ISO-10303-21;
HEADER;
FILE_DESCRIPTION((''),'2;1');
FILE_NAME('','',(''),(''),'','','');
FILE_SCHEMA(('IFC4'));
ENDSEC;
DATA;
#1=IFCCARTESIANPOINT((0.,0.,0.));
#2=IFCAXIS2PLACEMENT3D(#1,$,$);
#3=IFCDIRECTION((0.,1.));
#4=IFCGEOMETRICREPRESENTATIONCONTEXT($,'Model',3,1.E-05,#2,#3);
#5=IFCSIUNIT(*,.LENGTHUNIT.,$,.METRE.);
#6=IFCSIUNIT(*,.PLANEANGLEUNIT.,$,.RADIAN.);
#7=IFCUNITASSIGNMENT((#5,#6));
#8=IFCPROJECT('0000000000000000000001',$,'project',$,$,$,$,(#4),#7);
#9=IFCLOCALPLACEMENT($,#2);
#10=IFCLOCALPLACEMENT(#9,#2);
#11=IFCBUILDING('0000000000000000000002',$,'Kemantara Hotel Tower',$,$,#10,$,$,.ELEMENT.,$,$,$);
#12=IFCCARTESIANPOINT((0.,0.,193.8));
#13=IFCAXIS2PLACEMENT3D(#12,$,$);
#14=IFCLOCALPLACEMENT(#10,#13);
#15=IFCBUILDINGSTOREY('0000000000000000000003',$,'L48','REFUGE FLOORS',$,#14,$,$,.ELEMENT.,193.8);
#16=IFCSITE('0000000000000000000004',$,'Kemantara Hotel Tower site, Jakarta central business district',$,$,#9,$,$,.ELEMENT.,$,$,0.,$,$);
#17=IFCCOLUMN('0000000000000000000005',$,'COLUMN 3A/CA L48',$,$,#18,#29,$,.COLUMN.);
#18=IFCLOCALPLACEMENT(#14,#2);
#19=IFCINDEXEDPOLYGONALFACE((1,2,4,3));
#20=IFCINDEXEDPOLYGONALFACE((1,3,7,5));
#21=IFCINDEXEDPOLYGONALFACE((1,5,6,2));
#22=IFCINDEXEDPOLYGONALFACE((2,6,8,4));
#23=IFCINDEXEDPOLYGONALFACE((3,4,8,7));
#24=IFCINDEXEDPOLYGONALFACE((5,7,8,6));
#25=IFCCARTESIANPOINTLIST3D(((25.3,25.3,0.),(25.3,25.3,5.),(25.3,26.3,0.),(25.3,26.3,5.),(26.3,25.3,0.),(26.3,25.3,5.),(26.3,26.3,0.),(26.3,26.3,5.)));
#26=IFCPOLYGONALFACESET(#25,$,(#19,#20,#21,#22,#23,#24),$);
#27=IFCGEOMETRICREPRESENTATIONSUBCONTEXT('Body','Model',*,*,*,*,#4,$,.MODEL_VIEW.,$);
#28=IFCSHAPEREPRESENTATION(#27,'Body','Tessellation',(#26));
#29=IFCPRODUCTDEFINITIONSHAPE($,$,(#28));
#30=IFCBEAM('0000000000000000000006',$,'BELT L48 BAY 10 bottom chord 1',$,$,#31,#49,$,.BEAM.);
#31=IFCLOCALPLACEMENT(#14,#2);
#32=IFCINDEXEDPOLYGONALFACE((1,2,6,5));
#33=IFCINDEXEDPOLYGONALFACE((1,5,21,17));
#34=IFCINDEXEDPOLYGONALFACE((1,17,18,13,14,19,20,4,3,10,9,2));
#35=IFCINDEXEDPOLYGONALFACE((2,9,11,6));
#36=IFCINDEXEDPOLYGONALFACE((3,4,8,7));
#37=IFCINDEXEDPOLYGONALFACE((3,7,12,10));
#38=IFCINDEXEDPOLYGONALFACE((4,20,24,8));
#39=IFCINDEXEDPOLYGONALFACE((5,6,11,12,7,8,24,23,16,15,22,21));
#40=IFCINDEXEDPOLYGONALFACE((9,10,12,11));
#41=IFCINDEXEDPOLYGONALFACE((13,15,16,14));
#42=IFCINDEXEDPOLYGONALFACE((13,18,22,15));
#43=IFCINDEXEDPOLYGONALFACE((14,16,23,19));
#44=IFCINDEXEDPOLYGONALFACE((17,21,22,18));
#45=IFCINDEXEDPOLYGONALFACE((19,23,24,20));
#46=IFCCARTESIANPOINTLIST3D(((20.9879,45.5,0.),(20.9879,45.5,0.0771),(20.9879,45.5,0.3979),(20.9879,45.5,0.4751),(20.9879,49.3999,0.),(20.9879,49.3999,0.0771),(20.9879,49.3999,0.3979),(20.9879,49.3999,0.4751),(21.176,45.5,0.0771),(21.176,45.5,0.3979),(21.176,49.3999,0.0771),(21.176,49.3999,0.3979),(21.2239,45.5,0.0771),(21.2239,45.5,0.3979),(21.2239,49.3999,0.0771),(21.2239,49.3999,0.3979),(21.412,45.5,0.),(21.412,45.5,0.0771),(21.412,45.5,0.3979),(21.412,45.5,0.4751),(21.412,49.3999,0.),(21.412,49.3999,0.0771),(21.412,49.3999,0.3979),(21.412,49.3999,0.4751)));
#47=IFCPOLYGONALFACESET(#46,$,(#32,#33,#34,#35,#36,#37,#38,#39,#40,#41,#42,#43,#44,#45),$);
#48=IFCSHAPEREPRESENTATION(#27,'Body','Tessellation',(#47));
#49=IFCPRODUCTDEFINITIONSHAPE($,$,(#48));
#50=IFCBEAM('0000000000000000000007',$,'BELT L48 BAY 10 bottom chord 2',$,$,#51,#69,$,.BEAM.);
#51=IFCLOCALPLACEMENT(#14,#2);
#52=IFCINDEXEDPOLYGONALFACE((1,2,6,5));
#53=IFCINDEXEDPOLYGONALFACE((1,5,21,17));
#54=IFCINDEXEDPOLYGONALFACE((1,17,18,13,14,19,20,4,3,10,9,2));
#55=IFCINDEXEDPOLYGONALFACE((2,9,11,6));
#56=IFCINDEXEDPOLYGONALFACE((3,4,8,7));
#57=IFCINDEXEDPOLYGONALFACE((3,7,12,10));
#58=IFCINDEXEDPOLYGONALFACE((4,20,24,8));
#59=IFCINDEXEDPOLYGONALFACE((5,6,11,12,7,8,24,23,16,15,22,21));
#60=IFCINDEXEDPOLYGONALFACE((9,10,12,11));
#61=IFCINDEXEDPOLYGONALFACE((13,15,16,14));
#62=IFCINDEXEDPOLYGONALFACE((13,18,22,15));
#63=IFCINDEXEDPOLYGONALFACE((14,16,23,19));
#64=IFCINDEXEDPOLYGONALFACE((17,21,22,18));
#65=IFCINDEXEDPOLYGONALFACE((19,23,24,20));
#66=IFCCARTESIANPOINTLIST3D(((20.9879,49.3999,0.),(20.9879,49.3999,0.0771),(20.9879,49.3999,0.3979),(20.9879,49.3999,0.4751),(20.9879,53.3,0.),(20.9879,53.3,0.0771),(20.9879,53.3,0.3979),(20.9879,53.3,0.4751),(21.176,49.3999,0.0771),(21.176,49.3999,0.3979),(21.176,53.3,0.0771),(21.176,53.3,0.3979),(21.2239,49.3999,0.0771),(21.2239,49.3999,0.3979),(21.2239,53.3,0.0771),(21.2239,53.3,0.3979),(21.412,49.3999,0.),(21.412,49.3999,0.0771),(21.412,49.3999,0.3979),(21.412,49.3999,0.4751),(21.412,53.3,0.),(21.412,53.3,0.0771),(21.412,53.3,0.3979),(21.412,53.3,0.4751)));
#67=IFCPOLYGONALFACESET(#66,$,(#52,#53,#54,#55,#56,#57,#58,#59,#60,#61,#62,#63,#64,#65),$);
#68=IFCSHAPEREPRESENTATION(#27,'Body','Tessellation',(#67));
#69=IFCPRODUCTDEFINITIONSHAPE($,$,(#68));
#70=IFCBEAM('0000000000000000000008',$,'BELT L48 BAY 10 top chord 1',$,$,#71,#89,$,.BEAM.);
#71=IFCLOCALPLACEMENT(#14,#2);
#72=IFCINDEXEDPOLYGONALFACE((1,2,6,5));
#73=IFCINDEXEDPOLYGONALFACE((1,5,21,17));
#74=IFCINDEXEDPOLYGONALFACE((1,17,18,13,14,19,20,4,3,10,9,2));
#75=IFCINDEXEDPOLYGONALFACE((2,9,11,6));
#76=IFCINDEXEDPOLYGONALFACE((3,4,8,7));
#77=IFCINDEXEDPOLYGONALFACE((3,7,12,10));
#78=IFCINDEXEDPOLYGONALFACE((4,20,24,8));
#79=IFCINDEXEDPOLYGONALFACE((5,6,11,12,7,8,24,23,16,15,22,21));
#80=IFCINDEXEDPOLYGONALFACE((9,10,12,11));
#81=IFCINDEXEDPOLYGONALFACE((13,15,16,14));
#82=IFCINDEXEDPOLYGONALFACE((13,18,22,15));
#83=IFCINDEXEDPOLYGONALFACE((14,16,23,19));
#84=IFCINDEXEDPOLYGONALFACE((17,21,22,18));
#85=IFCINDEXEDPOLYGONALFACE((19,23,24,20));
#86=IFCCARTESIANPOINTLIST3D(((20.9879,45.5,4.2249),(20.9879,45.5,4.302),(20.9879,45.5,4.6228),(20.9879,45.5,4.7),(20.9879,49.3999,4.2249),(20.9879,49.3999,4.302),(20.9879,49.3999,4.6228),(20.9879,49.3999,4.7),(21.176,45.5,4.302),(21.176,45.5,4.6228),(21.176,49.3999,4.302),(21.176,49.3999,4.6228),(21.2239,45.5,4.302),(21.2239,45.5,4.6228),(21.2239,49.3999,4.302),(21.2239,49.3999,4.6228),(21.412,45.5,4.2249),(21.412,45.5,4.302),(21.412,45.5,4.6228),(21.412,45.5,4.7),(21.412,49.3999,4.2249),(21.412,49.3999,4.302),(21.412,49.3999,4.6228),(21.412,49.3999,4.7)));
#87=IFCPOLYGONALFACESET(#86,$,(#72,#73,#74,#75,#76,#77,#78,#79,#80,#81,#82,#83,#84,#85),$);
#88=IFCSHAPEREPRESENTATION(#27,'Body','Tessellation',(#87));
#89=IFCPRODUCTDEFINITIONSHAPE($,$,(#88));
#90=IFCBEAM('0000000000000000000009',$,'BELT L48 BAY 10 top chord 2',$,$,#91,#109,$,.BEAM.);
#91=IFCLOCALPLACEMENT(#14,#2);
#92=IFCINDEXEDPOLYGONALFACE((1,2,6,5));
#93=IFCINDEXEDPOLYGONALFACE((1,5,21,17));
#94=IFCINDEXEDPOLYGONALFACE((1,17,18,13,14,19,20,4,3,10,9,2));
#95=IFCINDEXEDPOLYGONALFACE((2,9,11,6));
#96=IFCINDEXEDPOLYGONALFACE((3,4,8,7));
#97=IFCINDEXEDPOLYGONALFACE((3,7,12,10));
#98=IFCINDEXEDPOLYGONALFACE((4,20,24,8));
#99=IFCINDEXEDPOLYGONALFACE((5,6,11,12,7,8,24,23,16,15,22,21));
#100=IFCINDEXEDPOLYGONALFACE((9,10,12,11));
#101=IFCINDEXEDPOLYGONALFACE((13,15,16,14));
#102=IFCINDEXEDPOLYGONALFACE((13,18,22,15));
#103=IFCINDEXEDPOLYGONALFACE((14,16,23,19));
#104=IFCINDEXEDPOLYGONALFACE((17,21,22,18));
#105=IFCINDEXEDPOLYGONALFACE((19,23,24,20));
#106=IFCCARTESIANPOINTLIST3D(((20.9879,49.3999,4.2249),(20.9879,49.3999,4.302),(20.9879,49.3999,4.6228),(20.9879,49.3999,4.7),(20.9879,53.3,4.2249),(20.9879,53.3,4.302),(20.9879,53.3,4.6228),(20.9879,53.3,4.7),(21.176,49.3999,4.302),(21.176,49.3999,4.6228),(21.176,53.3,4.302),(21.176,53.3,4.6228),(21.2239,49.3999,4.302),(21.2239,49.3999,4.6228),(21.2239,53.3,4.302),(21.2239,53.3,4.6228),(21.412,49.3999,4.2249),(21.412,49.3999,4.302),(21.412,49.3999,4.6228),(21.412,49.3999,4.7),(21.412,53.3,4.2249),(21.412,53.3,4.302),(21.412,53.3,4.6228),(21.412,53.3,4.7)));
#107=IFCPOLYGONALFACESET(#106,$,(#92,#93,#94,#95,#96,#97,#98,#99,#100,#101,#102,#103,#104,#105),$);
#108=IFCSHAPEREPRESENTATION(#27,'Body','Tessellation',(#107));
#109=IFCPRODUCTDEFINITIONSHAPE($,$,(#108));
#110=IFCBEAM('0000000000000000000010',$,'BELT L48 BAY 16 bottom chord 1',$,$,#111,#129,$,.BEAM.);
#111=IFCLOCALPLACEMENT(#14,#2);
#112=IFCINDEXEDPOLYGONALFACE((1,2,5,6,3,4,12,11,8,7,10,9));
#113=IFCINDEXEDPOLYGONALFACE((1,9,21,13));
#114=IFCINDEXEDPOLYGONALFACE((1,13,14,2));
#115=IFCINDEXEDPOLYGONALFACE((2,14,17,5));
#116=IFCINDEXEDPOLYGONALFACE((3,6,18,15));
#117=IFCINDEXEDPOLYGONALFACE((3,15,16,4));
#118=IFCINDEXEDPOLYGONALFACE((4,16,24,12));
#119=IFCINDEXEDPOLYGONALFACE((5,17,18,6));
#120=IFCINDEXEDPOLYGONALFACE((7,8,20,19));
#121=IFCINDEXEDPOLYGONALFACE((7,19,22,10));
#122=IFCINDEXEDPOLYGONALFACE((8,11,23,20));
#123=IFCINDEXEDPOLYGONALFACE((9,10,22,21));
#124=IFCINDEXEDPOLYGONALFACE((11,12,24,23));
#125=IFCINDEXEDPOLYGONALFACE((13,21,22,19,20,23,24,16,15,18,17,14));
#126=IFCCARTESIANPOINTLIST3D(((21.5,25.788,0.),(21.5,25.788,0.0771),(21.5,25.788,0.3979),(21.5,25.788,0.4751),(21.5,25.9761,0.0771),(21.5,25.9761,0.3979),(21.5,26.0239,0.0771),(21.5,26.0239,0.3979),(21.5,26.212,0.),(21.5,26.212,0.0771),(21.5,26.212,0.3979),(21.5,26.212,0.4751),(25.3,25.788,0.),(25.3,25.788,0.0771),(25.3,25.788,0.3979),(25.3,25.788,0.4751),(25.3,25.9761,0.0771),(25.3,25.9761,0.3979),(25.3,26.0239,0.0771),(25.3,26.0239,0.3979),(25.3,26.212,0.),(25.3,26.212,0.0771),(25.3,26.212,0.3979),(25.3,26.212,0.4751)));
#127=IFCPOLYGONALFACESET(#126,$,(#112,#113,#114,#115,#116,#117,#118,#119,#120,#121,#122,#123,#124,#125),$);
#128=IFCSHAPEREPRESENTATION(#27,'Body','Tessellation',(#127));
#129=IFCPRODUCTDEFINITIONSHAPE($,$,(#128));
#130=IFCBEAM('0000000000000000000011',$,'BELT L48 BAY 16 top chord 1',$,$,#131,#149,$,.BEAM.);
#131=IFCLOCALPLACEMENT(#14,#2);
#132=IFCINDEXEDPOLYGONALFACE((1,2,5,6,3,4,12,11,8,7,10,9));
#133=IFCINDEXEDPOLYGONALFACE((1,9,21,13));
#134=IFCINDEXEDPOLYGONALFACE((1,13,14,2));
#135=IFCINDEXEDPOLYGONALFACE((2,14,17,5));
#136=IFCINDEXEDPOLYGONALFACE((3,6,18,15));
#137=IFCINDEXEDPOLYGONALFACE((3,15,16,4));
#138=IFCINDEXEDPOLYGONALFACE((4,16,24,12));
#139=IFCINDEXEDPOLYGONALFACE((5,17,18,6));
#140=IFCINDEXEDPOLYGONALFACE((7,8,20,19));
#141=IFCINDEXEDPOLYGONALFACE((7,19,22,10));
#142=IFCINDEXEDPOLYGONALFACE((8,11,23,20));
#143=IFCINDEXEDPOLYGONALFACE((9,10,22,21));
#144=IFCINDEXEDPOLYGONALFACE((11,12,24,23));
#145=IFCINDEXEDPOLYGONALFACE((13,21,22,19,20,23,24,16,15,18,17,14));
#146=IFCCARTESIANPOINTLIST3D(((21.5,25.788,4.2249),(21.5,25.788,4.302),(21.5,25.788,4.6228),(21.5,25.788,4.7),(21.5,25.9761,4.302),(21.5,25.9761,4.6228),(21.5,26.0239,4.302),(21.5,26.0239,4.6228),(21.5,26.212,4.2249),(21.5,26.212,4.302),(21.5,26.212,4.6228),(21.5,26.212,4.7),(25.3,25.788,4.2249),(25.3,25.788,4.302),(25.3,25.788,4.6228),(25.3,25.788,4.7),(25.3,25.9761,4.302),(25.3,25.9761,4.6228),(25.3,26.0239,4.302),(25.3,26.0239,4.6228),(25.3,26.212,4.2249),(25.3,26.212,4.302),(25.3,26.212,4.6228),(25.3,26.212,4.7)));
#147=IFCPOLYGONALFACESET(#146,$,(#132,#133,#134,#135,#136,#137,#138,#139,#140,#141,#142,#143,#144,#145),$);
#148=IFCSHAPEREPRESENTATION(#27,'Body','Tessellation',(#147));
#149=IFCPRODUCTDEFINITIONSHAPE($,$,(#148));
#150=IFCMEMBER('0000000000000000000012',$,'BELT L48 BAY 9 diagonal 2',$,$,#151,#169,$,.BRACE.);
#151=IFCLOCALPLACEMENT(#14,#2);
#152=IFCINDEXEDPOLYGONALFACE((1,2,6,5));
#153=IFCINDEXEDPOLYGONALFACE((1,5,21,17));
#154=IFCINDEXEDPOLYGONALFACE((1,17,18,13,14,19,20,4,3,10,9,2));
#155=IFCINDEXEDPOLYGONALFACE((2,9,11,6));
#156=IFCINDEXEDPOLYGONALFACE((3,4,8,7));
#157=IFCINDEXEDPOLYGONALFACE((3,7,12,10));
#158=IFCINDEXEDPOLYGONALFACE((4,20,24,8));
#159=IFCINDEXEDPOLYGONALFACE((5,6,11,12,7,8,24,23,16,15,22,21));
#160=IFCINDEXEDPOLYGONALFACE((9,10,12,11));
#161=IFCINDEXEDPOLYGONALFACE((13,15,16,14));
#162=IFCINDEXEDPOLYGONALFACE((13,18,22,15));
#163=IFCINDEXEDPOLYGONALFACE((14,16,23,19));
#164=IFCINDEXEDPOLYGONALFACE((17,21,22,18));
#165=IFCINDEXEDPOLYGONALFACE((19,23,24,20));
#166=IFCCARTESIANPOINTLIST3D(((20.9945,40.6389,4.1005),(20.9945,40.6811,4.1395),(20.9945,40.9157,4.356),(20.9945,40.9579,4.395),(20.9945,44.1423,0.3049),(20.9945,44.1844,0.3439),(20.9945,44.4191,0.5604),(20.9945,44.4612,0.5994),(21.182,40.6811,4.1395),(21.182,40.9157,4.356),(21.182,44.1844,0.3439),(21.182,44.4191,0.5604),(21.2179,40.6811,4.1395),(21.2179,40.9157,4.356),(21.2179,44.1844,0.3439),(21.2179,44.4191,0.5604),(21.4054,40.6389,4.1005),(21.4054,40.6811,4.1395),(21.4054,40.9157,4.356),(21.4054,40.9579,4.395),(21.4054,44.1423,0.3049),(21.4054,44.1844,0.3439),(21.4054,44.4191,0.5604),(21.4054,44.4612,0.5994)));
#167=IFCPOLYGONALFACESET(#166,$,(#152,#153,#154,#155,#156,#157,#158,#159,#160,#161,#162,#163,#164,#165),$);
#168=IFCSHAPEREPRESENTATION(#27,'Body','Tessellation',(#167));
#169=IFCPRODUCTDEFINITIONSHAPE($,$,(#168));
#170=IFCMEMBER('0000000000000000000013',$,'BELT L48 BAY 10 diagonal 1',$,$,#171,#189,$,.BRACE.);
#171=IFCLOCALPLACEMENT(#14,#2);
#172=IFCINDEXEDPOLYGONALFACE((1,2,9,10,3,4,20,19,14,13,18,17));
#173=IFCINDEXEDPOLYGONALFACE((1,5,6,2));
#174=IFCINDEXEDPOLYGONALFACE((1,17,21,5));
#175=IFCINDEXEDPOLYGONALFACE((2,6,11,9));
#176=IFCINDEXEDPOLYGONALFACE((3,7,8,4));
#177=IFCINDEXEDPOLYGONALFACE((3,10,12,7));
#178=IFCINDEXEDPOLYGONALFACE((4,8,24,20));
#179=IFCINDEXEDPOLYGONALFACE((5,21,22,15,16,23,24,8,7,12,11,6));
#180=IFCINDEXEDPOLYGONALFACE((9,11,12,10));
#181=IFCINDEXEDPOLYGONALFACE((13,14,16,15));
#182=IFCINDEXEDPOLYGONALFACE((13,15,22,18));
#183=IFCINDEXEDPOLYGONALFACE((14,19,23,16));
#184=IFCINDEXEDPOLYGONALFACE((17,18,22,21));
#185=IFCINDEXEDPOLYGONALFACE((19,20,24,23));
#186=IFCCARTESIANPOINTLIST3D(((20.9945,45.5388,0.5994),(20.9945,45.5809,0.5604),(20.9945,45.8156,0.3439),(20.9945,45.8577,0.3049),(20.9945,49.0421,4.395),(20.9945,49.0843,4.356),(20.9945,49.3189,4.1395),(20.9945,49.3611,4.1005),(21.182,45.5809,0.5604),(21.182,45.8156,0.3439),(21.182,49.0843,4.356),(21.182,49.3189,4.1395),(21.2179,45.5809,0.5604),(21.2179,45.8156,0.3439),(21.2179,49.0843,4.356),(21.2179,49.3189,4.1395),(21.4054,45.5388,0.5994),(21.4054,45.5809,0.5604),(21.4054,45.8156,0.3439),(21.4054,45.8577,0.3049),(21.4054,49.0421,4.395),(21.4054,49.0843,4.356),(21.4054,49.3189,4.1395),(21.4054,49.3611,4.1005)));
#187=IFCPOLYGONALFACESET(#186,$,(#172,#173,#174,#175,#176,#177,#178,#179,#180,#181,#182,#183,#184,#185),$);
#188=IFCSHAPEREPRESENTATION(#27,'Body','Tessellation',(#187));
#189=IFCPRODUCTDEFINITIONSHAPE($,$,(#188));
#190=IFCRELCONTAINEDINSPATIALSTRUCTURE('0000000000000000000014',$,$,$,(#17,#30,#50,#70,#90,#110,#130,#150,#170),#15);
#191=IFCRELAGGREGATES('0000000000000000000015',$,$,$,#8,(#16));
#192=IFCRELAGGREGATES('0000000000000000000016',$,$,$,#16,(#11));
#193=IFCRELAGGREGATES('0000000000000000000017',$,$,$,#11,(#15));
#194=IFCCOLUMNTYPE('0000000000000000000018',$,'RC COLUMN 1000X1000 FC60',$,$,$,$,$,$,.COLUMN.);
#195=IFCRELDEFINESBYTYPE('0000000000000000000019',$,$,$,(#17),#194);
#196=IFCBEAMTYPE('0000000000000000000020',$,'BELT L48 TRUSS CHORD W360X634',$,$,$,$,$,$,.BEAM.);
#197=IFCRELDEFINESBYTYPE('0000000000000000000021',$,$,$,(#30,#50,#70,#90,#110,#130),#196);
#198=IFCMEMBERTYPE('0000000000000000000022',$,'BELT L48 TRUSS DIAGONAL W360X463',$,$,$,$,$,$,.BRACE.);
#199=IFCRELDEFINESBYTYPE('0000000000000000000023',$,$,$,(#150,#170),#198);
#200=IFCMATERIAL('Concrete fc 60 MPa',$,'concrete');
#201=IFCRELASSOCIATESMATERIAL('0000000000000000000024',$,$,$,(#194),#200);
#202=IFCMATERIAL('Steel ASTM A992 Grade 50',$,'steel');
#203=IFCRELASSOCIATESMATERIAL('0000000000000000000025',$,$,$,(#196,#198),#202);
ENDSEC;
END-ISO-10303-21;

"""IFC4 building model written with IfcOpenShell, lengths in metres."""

from ifc_helpers import new_model, si_unit, direction, frame, origin, origin_2d, place, context, subcontext, project, spatial, rectangle, i_section, extrude, material, material_profile, profile_set, type_object, element, save


model = new_model("IFC4")

# Units and contexts
model_context = context("Model", 3, precision=1e-05, world=origin(), true_north=direction((0.0, 1.0)))
body_context = subcontext(model_context, "Body", "Model", "MODEL_VIEW")
ifc_project = project(units=[si_unit("LENGTHUNIT", "METRE"), si_unit("PLANEANGLEUNIT", "RADIAN")], contexts=[model_context])

# Site, building, storey
site_placement = place(None, origin())
site = spatial("IfcSite", under=ifc_project, at=site_placement, Name="Kemantara Hotel Tower site, Jakarta central business district", CompositionType="ELEMENT", RefElevation=0.0)
building_placement = place(site_placement, origin())
building = spatial("IfcBuilding", under=site, at=building_placement, Name="Kemantara Hotel Tower", CompositionType="ELEMENT")
storey_placement = place(building_placement, frame((0.0, 0.0, 193.8)))
storey = spatial("IfcBuildingStorey", under=building, at=storey_placement, Name="L48", Description="REFUGE FLOORS", CompositionType="ELEMENT", Elevation=193.8)

# Column
ifc_material_1 = material(Name="Concrete fc 60 MPa", Category="concrete")
ifc_material_profile_1 = material_profile(ifc_material_1, rectangle(XDim=1.0, YDim=1.0, at=origin_2d()), Name="RC 1000X1000")
ifc_profile_set_1 = profile_set([ifc_material_profile_1], Name="Concrete fc 60 MPa")
column_type = type_object("IfcColumnType", Name="RC COLUMN 1000X1000 FC60", PredefinedType="COLUMN", material=ifc_profile_set_1)
column_placement = place(storey_placement, frame((25.8, 25.8, 0.0), z_axis=(0.0, 0.0, 1.0), x_axis=(1.0, 0.0, 0.0)))
element("IfcColumn", 1, at=column_placement, inside=storey, type_object=column_type, Name="COLUMN 3A/CA L48", PredefinedType="COLUMN", context=body_context, shape_type="SweptSolid", body=[
    extrude(rectangle(XDim=1.0, YDim=1.0, at=origin_2d()), origin(), (0.0, 0.0, 1.0), 5.0),
])

# Beams
ifc_material_2 = material(Name="Steel ASTM A992 Grade 50", Category="steel")
ifc_material_profile_2 = material_profile(ifc_material_2, i_section(OverallWidth=0.4241, OverallDepth=0.4751, WebThickness=0.0479, FlangeThickness=0.0771, at=origin_2d()), Name="W360X634")
ifc_profile_set_2 = profile_set([ifc_material_profile_2], Name="Steel ASTM A992 Grade 50")
beam_type = type_object("IfcBeamType", Name="BELT L48 TRUSS CHORD W360X634", PredefinedType="BEAM", material=ifc_profile_set_2)
beam_1_placement = place(storey_placement, frame((21.2, 45.5, 0.2375), z_axis=(0.0, 1.0, 0.0), x_axis=(-1.0, 0.0, 0.0)))
element("IfcBeam", 2, at=beam_1_placement, inside=storey, type_object=beam_type, Name="BELT L48 BAY 10 bottom chord 1", PredefinedType="BEAM", context=body_context, shape_type="SweptSolid", body=[
    extrude(i_section(OverallWidth=0.4241, OverallDepth=0.4751, WebThickness=0.0479, FlangeThickness=0.0771, at=origin_2d()), origin(), (0.0, 0.0, 1.0), 3.8999),
])
beam_2_placement = place(storey_placement, frame((21.2, 49.3999, 0.2375), z_axis=(0.0, 1.0, 0.0), x_axis=(-1.0, 0.0, 0.0)))
element("IfcBeam", 3, at=beam_2_placement, inside=storey, type_object=beam_type, Name="BELT L48 BAY 10 bottom chord 2", PredefinedType="BEAM", context=body_context, shape_type="SweptSolid", body=[
    extrude(i_section(OverallWidth=0.4241, OverallDepth=0.4751, WebThickness=0.0479, FlangeThickness=0.0771, at=origin_2d()), origin(), (0.0, 0.0, 1.0), 3.9001),
])
beam_3_placement = place(storey_placement, frame((21.2, 45.5, 4.4624), z_axis=(0.0, 1.0, 0.0), x_axis=(-1.0, 0.0, 0.0)))
element("IfcBeam", 4, at=beam_3_placement, inside=storey, type_object=beam_type, Name="BELT L48 BAY 10 top chord 1", PredefinedType="BEAM", context=body_context, shape_type="SweptSolid", body=[
    extrude(i_section(OverallWidth=0.4241, OverallDepth=0.4751, WebThickness=0.0479, FlangeThickness=0.0771, at=origin_2d()), origin(), (0.0, 0.0, 1.0), 3.8999),
])
beam_4_placement = place(storey_placement, frame((21.2, 49.3999, 4.4624), z_axis=(0.0, 1.0, 0.0), x_axis=(-1.0, 0.0, 0.0)))
element("IfcBeam", 5, at=beam_4_placement, inside=storey, type_object=beam_type, Name="BELT L48 BAY 10 top chord 2", PredefinedType="BEAM", context=body_context, shape_type="SweptSolid", body=[
    extrude(i_section(OverallWidth=0.4241, OverallDepth=0.4751, WebThickness=0.0479, FlangeThickness=0.0771, at=origin_2d()), origin(), (0.0, 0.0, 1.0), 3.9001),
])
for number, where, z_axis, x_axis, name in (
    (6, (21.5, 26.0, 0.2375), (1.0, 0.0, 0.0), (0.0, 1.0, 0.0), "BELT L48 BAY 16 bottom chord 1"),
    (7, (21.5, 26.0, 4.4624), (1.0, 0.0, 0.0), (0.0, 1.0, 0.0), "BELT L48 BAY 16 top chord 1"),
):
    element("IfcBeam", number, at=place(storey_placement, frame(where, z_axis=z_axis, x_axis=x_axis)), inside=storey, type_object=beam_type, Name=name, PredefinedType="BEAM", context=body_context, shape_type="SweptSolid", body=[
        extrude(i_section(OverallWidth=0.4241, OverallDepth=0.4751, WebThickness=0.0479, FlangeThickness=0.0771, at=origin_2d()), origin(), (0.0, 0.0, 1.0), 3.8),
    ])

# Members
ifc_material_profile_3 = material_profile(ifc_material_2, i_section(OverallWidth=0.4109, OverallDepth=0.4341, WebThickness=0.0359, FlangeThickness=0.0574, at=origin_2d()), Name="W360X463")
ifc_profile_set_3 = profile_set([ifc_material_profile_3], Name="Steel ASTM A992 Grade 50")
member_type_1 = type_object("IfcMemberType", Name="BELT L48 TRUSS DIAGONAL W360X463", PredefinedType="BRACE", material=ifc_profile_set_3)
for number, where, z_axis, x_axis, name in (
    (8, (21.2, 44.3018, 0.4521), (0.0, -0.678253, 0.734829), (1.0, 0.0, 0.0), "BELT L48 BAY 9 diagonal 2"),
    (9, (21.2, 45.6982, 0.4521), (0.0, 0.678253, 0.734829), (-1.0, 0.0, 0.0), "BELT L48 BAY 10 diagonal 1"),
):
    element("IfcMember", number, at=place(storey_placement, frame(where, z_axis=z_axis, x_axis=x_axis)), inside=storey, type_object=member_type_1, Name=name, PredefinedType="BRACE", context=body_context, shape_type="SweptSolid", body=[
        extrude(i_section(OverallWidth=0.4109, OverallDepth=0.4341, WebThickness=0.0359, FlangeThickness=0.0574, at=origin_2d()), origin(), (0.0, 0.0, 1.0), 5.1653),
    ])

save(model, "model.ifc")
